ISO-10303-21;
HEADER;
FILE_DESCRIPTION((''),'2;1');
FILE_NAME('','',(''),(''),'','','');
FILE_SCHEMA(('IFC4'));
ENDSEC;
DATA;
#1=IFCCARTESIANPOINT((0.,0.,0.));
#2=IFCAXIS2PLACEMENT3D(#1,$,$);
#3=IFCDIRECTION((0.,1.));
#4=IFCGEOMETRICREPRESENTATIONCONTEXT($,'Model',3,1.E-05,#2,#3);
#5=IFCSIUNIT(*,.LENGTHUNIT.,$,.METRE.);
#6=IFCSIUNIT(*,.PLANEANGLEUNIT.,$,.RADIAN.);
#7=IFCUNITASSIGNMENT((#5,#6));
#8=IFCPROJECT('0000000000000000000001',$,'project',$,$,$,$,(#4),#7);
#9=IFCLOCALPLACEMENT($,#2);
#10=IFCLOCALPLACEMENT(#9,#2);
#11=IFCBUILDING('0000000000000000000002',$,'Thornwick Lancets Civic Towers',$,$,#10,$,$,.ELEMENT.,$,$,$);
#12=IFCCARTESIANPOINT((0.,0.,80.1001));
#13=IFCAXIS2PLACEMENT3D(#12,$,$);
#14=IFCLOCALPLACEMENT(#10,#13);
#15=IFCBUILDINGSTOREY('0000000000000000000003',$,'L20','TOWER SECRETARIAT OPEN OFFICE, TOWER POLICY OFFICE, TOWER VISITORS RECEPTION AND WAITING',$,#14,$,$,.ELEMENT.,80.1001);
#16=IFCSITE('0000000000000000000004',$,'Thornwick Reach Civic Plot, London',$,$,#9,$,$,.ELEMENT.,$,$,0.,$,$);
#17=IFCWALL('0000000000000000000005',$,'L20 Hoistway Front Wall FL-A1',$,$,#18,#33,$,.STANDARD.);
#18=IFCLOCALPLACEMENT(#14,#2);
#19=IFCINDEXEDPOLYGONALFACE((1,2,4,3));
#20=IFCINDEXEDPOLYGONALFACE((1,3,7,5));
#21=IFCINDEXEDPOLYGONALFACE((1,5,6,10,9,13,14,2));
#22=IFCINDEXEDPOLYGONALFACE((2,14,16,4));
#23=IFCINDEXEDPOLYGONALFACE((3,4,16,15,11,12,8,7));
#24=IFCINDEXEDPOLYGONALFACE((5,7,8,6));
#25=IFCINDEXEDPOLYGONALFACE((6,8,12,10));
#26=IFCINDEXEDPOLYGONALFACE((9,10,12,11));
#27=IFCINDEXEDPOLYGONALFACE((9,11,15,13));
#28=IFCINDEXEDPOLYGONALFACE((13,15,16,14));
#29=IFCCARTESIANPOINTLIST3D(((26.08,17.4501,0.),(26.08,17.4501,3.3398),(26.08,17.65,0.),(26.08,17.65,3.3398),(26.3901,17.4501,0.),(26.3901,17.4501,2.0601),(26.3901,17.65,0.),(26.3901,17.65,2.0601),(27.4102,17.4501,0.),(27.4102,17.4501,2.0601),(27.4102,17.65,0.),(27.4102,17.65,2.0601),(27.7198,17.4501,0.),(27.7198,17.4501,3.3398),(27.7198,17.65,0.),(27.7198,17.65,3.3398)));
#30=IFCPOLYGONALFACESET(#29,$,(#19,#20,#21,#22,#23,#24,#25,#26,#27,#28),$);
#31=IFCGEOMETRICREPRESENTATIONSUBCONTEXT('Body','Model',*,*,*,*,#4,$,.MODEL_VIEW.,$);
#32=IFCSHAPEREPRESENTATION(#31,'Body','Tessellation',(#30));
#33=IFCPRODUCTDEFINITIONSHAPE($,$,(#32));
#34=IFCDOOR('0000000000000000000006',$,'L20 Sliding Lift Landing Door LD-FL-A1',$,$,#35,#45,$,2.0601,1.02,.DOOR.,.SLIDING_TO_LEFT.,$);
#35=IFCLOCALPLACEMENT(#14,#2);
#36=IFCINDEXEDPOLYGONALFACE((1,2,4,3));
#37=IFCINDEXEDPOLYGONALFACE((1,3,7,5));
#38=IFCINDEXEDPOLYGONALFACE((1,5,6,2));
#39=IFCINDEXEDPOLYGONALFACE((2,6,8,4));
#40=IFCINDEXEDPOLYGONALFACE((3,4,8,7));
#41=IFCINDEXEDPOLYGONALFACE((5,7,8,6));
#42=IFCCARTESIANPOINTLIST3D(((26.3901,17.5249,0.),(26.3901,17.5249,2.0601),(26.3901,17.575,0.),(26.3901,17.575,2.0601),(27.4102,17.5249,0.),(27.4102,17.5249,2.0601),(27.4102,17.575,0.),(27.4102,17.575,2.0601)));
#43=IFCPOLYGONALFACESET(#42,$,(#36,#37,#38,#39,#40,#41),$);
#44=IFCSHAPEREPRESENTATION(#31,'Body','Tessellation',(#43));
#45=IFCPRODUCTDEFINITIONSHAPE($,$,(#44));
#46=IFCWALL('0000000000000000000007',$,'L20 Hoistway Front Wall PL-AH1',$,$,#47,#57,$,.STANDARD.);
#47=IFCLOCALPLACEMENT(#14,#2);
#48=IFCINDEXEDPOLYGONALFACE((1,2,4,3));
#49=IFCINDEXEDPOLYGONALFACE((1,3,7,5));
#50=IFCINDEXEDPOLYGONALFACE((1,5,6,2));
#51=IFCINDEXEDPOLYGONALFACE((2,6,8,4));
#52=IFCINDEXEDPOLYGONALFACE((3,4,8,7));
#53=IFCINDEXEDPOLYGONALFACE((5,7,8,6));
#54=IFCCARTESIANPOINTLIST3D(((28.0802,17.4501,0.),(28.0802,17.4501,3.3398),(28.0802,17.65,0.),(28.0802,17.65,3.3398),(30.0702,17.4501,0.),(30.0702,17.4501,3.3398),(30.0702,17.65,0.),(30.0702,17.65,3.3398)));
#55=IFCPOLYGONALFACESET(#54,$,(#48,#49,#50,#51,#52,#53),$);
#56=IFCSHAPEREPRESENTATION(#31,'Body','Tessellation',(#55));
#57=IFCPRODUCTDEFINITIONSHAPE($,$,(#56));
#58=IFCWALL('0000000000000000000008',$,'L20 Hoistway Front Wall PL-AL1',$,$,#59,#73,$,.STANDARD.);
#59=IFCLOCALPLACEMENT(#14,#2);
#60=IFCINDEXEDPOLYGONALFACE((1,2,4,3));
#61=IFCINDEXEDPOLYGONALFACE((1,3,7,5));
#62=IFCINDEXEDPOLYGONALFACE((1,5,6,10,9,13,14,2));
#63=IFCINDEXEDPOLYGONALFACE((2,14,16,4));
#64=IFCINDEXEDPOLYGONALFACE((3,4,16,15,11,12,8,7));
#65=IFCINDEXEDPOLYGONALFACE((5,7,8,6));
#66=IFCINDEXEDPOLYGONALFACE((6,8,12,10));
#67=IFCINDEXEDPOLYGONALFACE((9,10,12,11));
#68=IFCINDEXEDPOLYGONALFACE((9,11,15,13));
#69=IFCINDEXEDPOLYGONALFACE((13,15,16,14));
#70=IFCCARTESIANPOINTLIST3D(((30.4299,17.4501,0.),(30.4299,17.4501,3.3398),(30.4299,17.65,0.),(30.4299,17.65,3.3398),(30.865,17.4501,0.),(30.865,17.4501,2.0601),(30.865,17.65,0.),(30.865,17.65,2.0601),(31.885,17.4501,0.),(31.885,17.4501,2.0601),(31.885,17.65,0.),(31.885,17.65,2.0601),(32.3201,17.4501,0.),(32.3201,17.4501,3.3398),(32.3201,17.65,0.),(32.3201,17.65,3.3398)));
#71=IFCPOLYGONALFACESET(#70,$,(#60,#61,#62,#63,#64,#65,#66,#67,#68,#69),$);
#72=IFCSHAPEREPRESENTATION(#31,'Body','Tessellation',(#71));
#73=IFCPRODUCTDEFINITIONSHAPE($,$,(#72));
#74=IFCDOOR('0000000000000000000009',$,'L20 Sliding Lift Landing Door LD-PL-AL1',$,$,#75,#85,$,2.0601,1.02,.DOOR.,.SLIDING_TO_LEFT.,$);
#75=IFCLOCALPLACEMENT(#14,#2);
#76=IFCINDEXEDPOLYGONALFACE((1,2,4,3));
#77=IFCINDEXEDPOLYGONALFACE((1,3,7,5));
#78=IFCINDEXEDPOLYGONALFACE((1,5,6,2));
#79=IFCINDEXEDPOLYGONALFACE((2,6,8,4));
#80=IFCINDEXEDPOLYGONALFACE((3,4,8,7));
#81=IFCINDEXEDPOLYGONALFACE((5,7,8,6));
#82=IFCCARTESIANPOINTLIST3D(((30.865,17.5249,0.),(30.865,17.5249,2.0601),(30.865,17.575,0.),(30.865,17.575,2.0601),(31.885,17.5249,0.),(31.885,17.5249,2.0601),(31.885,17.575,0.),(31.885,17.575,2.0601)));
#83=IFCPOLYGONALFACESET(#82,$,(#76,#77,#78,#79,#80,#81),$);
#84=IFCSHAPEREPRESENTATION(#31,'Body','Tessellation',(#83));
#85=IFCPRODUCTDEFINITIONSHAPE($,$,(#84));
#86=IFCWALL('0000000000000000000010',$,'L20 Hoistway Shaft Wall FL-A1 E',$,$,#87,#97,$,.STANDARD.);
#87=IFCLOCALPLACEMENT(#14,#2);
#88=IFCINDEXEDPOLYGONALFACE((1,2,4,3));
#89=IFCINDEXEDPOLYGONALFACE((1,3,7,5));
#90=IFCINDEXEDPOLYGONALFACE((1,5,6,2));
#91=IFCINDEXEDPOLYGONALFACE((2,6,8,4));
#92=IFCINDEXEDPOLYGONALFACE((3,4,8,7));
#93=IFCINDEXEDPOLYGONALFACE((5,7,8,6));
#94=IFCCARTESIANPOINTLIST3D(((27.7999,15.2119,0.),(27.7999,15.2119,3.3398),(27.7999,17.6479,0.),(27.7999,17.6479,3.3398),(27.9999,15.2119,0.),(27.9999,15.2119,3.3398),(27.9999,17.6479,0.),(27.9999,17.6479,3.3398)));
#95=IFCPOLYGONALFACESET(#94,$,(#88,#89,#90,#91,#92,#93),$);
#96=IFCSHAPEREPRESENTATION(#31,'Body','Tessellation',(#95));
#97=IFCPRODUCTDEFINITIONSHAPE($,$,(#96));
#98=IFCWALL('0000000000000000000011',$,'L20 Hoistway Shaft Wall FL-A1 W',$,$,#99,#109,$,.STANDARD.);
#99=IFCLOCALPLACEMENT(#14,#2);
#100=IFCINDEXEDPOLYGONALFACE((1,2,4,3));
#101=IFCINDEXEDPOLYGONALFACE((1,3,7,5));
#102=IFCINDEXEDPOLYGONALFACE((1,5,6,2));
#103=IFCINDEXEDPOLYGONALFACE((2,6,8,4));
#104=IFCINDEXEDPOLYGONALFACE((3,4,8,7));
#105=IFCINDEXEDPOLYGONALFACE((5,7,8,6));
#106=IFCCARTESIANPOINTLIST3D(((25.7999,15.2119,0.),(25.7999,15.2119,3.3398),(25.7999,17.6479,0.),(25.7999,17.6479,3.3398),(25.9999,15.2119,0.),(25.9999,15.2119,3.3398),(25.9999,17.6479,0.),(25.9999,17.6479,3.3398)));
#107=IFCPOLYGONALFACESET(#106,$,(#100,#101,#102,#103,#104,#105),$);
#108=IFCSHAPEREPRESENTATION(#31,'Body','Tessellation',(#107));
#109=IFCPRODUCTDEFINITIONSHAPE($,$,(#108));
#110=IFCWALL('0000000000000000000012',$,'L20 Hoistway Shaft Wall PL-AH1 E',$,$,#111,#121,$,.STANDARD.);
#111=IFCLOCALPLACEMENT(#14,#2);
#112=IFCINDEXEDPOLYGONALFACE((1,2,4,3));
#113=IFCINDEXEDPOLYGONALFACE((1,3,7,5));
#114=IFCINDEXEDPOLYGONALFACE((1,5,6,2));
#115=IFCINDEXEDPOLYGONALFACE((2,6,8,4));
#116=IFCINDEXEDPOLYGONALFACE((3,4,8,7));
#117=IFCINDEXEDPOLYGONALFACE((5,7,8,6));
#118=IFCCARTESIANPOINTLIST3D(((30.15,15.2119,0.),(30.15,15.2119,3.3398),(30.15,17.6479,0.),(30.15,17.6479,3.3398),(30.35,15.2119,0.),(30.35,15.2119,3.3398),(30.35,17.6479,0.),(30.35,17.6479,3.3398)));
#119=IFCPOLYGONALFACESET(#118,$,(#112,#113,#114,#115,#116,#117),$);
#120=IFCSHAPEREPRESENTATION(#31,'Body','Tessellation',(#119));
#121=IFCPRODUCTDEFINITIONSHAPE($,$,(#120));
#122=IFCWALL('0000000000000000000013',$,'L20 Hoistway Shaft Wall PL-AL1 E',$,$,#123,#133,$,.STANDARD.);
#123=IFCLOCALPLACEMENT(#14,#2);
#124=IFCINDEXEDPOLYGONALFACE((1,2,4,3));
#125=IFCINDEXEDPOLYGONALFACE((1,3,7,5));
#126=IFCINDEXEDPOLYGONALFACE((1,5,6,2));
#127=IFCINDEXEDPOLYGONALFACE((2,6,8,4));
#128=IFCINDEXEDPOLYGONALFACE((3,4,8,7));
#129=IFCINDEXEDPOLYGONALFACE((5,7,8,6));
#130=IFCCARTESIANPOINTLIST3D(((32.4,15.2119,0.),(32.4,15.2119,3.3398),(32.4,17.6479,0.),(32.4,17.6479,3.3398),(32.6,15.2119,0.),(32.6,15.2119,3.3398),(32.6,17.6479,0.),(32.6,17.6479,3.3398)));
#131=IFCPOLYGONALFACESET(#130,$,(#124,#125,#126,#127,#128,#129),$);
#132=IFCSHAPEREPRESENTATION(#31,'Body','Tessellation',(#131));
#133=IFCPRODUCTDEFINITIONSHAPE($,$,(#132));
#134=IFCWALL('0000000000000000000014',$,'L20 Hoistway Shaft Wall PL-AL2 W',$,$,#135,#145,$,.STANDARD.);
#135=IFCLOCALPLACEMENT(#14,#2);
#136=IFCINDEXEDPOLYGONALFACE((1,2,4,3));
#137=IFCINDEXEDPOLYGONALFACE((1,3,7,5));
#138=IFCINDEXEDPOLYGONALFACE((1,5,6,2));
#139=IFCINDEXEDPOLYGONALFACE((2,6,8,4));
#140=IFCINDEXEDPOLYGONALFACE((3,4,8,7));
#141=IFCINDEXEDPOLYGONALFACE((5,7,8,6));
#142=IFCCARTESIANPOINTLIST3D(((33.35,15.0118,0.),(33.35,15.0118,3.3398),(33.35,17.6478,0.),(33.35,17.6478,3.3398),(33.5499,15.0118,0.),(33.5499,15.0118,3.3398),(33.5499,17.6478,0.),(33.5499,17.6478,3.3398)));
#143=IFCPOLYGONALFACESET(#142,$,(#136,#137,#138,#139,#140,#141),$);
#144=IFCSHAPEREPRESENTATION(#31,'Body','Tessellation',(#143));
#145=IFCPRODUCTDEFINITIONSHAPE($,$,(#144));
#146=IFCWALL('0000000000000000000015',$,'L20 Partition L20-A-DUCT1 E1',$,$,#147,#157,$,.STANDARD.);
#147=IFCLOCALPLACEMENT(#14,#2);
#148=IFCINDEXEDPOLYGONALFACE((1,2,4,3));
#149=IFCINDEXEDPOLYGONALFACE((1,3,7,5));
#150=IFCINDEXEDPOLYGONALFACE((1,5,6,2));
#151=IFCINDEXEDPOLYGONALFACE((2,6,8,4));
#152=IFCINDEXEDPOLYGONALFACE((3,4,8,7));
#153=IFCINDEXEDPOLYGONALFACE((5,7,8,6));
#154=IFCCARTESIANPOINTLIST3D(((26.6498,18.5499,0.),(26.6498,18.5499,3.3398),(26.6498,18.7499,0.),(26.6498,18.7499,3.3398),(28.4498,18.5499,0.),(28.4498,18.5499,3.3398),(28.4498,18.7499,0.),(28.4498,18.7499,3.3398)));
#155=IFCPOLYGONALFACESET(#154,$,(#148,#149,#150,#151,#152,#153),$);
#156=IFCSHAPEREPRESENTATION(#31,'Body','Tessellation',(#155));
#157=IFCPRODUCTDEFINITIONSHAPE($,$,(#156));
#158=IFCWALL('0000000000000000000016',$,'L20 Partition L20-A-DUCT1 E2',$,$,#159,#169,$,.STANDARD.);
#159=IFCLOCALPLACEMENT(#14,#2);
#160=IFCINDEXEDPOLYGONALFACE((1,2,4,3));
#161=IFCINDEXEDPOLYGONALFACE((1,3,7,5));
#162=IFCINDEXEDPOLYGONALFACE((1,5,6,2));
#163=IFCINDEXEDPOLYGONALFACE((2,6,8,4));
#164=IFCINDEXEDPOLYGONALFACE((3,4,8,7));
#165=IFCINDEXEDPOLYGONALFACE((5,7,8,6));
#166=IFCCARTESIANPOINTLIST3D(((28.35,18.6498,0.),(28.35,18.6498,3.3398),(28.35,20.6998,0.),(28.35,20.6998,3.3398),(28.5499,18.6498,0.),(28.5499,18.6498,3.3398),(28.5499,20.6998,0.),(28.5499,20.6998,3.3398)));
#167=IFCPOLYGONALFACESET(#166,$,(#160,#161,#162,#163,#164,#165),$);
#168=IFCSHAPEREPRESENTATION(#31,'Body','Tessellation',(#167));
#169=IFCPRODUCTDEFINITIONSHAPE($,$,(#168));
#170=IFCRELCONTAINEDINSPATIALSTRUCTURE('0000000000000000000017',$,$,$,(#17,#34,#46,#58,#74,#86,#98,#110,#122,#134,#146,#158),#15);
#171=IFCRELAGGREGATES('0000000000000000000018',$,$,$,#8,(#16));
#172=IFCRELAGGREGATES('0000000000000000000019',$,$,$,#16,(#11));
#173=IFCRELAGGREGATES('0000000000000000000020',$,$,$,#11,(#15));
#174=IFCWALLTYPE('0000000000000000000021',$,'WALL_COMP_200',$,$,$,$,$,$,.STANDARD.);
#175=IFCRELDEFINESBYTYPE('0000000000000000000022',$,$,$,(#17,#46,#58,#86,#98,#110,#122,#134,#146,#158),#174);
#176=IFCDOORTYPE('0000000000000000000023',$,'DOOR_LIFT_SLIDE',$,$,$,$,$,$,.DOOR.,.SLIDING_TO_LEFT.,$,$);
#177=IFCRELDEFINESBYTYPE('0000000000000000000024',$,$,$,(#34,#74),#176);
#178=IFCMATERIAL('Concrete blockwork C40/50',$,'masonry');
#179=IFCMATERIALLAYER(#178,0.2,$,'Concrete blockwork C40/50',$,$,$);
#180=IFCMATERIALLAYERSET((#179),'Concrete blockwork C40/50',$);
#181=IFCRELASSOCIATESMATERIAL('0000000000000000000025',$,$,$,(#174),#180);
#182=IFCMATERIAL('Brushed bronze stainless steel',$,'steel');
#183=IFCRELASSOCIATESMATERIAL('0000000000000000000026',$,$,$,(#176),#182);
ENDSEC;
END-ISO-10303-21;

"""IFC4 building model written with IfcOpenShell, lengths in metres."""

from ifc_helpers import new_model, si_unit, direction, frame, frame_2d, origin, place, context, subcontext, project, spatial, rectangle, extrude, material, layer, layer_set, type_object, element, fill, save


model = new_model("IFC4")

# Units and contexts
model_context = context("Model", 3, precision=1e-05, world=origin(), true_north=direction((0.0, 1.0)))
body_context = subcontext(model_context, "Body", "Model", "MODEL_VIEW")
ifc_project = project(units=[si_unit("LENGTHUNIT", "METRE"), si_unit("PLANEANGLEUNIT", "RADIAN")], contexts=[model_context])

# Site, building, storey
site_placement = place(None, origin())
site = spatial("IfcSite", under=ifc_project, at=site_placement, Name="Thornwick Reach Civic Plot, London", CompositionType="ELEMENT", RefElevation=0.0)
building_placement = place(site_placement, origin())
building = spatial("IfcBuilding", under=site, at=building_placement, Name="Thornwick Lancets Civic Towers", CompositionType="ELEMENT")
storey_placement = place(building_placement, frame((0.0, 0.0, 80.1001)))
storey = spatial("IfcBuildingStorey", under=building, at=storey_placement, Name="L20", Description="TOWER SECRETARIAT OPEN OFFICE, TOWER POLICY OFFICE, TOWER VISITORS RECEPTION AND WAITING", CompositionType="ELEMENT", Elevation=80.1001)

# Wall, opening, door
ifc_material_1 = material(Name="Concrete blockwork C40/50", Category="masonry")
ifc_layer_1 = layer(ifc_material_1, 0.2, Name="Concrete blockwork C40/50")
ifc_layer_set_1 = layer_set([ifc_layer_1], Name="Concrete blockwork C40/50")
wall_type_1 = type_object("IfcWallType", Name="WALL_COMP_200", PredefinedType="STANDARD", material=ifc_layer_set_1)
wall_1_placement = place(storey_placement, frame((26.0801, 17.55, 0.0), z_axis=(0.0, 0.0, 1.0), x_axis=(1.0, 0.0, 0.0)))
wall_1 = element("IfcWall", 1, at=wall_1_placement, inside=storey, type_object=wall_type_1, Name="L20 Hoistway Front Wall FL-A1", PredefinedType="STANDARD", context=body_context, shape_type="SweptSolid", body=[
    extrude(rectangle(XDim=1.6399, YDim=0.2, at=frame_2d((0.8198, 0.0))), origin(), (0.0, 0.0, 1.0), 3.3398),
])
opening_1_placement = place(wall_1_placement, frame((0.3101, 0.0, 0.0)))
opening_1 = element("IfcOpeningElement", 2, at=opening_1_placement, cuts=wall_1, PredefinedType="OPENING", context=body_context, shape_type="SweptSolid", body=[
    extrude(rectangle(XDim=1.02, YDim=2.0601, at=frame_2d((0.51, 1.03))), frame((0.0, 0.1099, 0.0), z_axis=(0.0, -1.0, 0.0), x_axis=(1.0, 0.0, 0.0)), (0.0, 0.0, 1.0), 0.22),
])
ifc_material_2 = material(Name="Brushed bronze stainless steel", Category="steel")
door_type_1 = type_object("IfcDoorType", Name="DOOR_LIFT_SLIDE", OperationType="SLIDING_TO_LEFT", PredefinedType="DOOR", material=ifc_material_2)
door_1_placement = place(opening_1_placement, origin())
door_1 = element("IfcDoor", 3, at=door_1_placement, inside=storey, type_object=door_type_1, Name="L20 Sliding Lift Landing Door LD-FL-A1", OperationType="SLIDING_TO_LEFT", OverallHeight=2.0601, OverallWidth=1.02, PredefinedType="DOOR", context=body_context, shape_type="SweptSolid", body=[
    extrude(rectangle(XDim=1.02, YDim=2.0601, at=frame_2d((0.51, 1.03))), frame((0.0, 0.0249, 0.0), z_axis=(0.0, -1.0, 0.0), x_axis=(1.0, 0.0, 0.0)), (0.0, 0.0, 1.0), 0.05),
])
fill(opening_1, door_1)

# Wall
wall_2_placement = place(storey_placement, frame((28.0801, 17.55, 0.0), z_axis=(0.0, 0.0, 1.0), x_axis=(1.0, 0.0, 0.0)))
element("IfcWall", 4, at=wall_2_placement, inside=storey, type_object=wall_type_1, Name="L20 Hoistway Front Wall PL-AH1", PredefinedType="STANDARD", context=body_context, shape_type="SweptSolid", body=[
    extrude(rectangle(XDim=1.99, YDim=0.2, at=frame_2d((0.9951, 0.0))), origin(), (0.0, 0.0, 1.0), 3.3398),
])

# Wall, opening, door
wall_3_placement = place(storey_placement, frame((30.4299, 17.55, 0.0), z_axis=(0.0, 0.0, 1.0), x_axis=(1.0, 0.0, 0.0)))
wall_3 = element("IfcWall", 5, at=wall_3_placement, inside=storey, type_object=wall_type_1, Name="L20 Hoistway Front Wall PL-AL1", PredefinedType="STANDARD", context=body_context, shape_type="SweptSolid", body=[
    extrude(rectangle(XDim=1.8901, YDim=0.2, at=frame_2d((0.9451, 0.0))), origin(), (0.0, 0.0, 1.0), 3.3398),
])
opening_2_placement = place(wall_3_placement, frame((0.4351, 0.0, 0.0)))
opening_2 = element("IfcOpeningElement", 6, at=opening_2_placement, cuts=wall_3, PredefinedType="OPENING", context=body_context, shape_type="SweptSolid", body=[
    extrude(rectangle(XDim=1.02, YDim=2.0601, at=frame_2d((0.51, 1.03))), frame((0.0, 0.1099, 0.0), z_axis=(0.0, -1.0, 0.0), x_axis=(1.0, 0.0, 0.0)), (0.0, 0.0, 1.0), 0.22),
])
door_2_placement = place(opening_2_placement, origin())
door_2 = element("IfcDoor", 7, at=door_2_placement, inside=storey, type_object=door_type_1, Name="L20 Sliding Lift Landing Door LD-PL-AL1", OperationType="SLIDING_TO_LEFT", OverallHeight=2.0601, OverallWidth=1.02, PredefinedType="DOOR", context=body_context, shape_type="SweptSolid", body=[
    extrude(rectangle(XDim=1.02, YDim=2.0601, at=frame_2d((0.51, 1.03))), frame((0.0, 0.0249, 0.0), z_axis=(0.0, -1.0, 0.0), x_axis=(1.0, 0.0, 0.0)), (0.0, 0.0, 1.0), 0.05),
])
fill(opening_2, door_2)

# Walls
for number, where, z_axis, x_axis, name in (
    (8, (27.8999, 15.2119, 0.0), (0.0, 0.0, 1.0), (0.0, 1.0, 0.0), "L20 Hoistway Shaft Wall FL-A1 E"),
    (9, (25.8999, 15.2119, 0.0), (0.0, 0.0, 1.0), (0.0, 1.0, 0.0), "L20 Hoistway Shaft Wall FL-A1 W"),
    (10, (30.25, 15.2119, 0.0), (0.0, 0.0, 1.0), (0.0, 1.0, 0.0), "L20 Hoistway Shaft Wall PL-AH1 E"),
    (11, (32.5, 15.2119, 0.0), (0.0, 0.0, 1.0), (0.0, 1.0, 0.0), "L20 Hoistway Shaft Wall PL-AL1 E"),
):
    element("IfcWall", number, at=place(storey_placement, frame(where, z_axis=z_axis, x_axis=x_axis)), inside=storey, type_object=wall_type_1, Name=name, PredefinedType="STANDARD", context=body_context, shape_type="SweptSolid", body=[
        extrude(rectangle(XDim=2.436, YDim=0.2, at=frame_2d((1.218, 0.0))), origin(), (0.0, 0.0, 1.0), 3.3398),
    ])
wall_4_placement = place(storey_placement, frame((33.45, 15.012, 0.0), z_axis=(0.0, 0.0, 1.0), x_axis=(0.0, 1.0, 0.0)))
element("IfcWall", 12, at=wall_4_placement, inside=storey, type_object=wall_type_1, Name="L20 Hoistway Shaft Wall PL-AL2 W", PredefinedType="STANDARD", context=body_context, shape_type="SweptSolid", body=[
    extrude(rectangle(XDim=2.636, YDim=0.2, at=frame_2d((1.3179, 0.0))), origin(), (0.0, 0.0, 1.0), 3.3398),
])
wall_5_placement = place(storey_placement, frame((26.6499, 18.6499, 0.0), z_axis=(0.0, 0.0, 1.0), x_axis=(1.0, 0.0, 0.0)))
element("IfcWall", 13, at=wall_5_placement, inside=storey, type_object=wall_type_1, Name="L20 Partition L20-A-DUCT1 E1", PredefinedType="STANDARD", context=body_context, shape_type="SweptSolid", body=[
    extrude(rectangle(XDim=1.8, YDim=0.2, at=frame_2d((0.8999, 0.0))), origin(), (0.0, 0.0, 1.0), 3.3398),
])
wall_6_placement = place(storey_placement, frame((28.45, 18.6499, 0.0), z_axis=(0.0, 0.0, 1.0), x_axis=(0.0, 1.0, 0.0)))
element("IfcWall", 14, at=wall_6_placement, inside=storey, type_object=wall_type_1, Name="L20 Partition L20-A-DUCT1 E2", PredefinedType="STANDARD", context=body_context, shape_type="SweptSolid", body=[
    extrude(rectangle(XDim=2.05, YDim=0.2, at=frame_2d((1.0249, 0.0))), origin(), (0.0, 0.0, 1.0), 3.3398),
])

save(model, "model.ifc")
